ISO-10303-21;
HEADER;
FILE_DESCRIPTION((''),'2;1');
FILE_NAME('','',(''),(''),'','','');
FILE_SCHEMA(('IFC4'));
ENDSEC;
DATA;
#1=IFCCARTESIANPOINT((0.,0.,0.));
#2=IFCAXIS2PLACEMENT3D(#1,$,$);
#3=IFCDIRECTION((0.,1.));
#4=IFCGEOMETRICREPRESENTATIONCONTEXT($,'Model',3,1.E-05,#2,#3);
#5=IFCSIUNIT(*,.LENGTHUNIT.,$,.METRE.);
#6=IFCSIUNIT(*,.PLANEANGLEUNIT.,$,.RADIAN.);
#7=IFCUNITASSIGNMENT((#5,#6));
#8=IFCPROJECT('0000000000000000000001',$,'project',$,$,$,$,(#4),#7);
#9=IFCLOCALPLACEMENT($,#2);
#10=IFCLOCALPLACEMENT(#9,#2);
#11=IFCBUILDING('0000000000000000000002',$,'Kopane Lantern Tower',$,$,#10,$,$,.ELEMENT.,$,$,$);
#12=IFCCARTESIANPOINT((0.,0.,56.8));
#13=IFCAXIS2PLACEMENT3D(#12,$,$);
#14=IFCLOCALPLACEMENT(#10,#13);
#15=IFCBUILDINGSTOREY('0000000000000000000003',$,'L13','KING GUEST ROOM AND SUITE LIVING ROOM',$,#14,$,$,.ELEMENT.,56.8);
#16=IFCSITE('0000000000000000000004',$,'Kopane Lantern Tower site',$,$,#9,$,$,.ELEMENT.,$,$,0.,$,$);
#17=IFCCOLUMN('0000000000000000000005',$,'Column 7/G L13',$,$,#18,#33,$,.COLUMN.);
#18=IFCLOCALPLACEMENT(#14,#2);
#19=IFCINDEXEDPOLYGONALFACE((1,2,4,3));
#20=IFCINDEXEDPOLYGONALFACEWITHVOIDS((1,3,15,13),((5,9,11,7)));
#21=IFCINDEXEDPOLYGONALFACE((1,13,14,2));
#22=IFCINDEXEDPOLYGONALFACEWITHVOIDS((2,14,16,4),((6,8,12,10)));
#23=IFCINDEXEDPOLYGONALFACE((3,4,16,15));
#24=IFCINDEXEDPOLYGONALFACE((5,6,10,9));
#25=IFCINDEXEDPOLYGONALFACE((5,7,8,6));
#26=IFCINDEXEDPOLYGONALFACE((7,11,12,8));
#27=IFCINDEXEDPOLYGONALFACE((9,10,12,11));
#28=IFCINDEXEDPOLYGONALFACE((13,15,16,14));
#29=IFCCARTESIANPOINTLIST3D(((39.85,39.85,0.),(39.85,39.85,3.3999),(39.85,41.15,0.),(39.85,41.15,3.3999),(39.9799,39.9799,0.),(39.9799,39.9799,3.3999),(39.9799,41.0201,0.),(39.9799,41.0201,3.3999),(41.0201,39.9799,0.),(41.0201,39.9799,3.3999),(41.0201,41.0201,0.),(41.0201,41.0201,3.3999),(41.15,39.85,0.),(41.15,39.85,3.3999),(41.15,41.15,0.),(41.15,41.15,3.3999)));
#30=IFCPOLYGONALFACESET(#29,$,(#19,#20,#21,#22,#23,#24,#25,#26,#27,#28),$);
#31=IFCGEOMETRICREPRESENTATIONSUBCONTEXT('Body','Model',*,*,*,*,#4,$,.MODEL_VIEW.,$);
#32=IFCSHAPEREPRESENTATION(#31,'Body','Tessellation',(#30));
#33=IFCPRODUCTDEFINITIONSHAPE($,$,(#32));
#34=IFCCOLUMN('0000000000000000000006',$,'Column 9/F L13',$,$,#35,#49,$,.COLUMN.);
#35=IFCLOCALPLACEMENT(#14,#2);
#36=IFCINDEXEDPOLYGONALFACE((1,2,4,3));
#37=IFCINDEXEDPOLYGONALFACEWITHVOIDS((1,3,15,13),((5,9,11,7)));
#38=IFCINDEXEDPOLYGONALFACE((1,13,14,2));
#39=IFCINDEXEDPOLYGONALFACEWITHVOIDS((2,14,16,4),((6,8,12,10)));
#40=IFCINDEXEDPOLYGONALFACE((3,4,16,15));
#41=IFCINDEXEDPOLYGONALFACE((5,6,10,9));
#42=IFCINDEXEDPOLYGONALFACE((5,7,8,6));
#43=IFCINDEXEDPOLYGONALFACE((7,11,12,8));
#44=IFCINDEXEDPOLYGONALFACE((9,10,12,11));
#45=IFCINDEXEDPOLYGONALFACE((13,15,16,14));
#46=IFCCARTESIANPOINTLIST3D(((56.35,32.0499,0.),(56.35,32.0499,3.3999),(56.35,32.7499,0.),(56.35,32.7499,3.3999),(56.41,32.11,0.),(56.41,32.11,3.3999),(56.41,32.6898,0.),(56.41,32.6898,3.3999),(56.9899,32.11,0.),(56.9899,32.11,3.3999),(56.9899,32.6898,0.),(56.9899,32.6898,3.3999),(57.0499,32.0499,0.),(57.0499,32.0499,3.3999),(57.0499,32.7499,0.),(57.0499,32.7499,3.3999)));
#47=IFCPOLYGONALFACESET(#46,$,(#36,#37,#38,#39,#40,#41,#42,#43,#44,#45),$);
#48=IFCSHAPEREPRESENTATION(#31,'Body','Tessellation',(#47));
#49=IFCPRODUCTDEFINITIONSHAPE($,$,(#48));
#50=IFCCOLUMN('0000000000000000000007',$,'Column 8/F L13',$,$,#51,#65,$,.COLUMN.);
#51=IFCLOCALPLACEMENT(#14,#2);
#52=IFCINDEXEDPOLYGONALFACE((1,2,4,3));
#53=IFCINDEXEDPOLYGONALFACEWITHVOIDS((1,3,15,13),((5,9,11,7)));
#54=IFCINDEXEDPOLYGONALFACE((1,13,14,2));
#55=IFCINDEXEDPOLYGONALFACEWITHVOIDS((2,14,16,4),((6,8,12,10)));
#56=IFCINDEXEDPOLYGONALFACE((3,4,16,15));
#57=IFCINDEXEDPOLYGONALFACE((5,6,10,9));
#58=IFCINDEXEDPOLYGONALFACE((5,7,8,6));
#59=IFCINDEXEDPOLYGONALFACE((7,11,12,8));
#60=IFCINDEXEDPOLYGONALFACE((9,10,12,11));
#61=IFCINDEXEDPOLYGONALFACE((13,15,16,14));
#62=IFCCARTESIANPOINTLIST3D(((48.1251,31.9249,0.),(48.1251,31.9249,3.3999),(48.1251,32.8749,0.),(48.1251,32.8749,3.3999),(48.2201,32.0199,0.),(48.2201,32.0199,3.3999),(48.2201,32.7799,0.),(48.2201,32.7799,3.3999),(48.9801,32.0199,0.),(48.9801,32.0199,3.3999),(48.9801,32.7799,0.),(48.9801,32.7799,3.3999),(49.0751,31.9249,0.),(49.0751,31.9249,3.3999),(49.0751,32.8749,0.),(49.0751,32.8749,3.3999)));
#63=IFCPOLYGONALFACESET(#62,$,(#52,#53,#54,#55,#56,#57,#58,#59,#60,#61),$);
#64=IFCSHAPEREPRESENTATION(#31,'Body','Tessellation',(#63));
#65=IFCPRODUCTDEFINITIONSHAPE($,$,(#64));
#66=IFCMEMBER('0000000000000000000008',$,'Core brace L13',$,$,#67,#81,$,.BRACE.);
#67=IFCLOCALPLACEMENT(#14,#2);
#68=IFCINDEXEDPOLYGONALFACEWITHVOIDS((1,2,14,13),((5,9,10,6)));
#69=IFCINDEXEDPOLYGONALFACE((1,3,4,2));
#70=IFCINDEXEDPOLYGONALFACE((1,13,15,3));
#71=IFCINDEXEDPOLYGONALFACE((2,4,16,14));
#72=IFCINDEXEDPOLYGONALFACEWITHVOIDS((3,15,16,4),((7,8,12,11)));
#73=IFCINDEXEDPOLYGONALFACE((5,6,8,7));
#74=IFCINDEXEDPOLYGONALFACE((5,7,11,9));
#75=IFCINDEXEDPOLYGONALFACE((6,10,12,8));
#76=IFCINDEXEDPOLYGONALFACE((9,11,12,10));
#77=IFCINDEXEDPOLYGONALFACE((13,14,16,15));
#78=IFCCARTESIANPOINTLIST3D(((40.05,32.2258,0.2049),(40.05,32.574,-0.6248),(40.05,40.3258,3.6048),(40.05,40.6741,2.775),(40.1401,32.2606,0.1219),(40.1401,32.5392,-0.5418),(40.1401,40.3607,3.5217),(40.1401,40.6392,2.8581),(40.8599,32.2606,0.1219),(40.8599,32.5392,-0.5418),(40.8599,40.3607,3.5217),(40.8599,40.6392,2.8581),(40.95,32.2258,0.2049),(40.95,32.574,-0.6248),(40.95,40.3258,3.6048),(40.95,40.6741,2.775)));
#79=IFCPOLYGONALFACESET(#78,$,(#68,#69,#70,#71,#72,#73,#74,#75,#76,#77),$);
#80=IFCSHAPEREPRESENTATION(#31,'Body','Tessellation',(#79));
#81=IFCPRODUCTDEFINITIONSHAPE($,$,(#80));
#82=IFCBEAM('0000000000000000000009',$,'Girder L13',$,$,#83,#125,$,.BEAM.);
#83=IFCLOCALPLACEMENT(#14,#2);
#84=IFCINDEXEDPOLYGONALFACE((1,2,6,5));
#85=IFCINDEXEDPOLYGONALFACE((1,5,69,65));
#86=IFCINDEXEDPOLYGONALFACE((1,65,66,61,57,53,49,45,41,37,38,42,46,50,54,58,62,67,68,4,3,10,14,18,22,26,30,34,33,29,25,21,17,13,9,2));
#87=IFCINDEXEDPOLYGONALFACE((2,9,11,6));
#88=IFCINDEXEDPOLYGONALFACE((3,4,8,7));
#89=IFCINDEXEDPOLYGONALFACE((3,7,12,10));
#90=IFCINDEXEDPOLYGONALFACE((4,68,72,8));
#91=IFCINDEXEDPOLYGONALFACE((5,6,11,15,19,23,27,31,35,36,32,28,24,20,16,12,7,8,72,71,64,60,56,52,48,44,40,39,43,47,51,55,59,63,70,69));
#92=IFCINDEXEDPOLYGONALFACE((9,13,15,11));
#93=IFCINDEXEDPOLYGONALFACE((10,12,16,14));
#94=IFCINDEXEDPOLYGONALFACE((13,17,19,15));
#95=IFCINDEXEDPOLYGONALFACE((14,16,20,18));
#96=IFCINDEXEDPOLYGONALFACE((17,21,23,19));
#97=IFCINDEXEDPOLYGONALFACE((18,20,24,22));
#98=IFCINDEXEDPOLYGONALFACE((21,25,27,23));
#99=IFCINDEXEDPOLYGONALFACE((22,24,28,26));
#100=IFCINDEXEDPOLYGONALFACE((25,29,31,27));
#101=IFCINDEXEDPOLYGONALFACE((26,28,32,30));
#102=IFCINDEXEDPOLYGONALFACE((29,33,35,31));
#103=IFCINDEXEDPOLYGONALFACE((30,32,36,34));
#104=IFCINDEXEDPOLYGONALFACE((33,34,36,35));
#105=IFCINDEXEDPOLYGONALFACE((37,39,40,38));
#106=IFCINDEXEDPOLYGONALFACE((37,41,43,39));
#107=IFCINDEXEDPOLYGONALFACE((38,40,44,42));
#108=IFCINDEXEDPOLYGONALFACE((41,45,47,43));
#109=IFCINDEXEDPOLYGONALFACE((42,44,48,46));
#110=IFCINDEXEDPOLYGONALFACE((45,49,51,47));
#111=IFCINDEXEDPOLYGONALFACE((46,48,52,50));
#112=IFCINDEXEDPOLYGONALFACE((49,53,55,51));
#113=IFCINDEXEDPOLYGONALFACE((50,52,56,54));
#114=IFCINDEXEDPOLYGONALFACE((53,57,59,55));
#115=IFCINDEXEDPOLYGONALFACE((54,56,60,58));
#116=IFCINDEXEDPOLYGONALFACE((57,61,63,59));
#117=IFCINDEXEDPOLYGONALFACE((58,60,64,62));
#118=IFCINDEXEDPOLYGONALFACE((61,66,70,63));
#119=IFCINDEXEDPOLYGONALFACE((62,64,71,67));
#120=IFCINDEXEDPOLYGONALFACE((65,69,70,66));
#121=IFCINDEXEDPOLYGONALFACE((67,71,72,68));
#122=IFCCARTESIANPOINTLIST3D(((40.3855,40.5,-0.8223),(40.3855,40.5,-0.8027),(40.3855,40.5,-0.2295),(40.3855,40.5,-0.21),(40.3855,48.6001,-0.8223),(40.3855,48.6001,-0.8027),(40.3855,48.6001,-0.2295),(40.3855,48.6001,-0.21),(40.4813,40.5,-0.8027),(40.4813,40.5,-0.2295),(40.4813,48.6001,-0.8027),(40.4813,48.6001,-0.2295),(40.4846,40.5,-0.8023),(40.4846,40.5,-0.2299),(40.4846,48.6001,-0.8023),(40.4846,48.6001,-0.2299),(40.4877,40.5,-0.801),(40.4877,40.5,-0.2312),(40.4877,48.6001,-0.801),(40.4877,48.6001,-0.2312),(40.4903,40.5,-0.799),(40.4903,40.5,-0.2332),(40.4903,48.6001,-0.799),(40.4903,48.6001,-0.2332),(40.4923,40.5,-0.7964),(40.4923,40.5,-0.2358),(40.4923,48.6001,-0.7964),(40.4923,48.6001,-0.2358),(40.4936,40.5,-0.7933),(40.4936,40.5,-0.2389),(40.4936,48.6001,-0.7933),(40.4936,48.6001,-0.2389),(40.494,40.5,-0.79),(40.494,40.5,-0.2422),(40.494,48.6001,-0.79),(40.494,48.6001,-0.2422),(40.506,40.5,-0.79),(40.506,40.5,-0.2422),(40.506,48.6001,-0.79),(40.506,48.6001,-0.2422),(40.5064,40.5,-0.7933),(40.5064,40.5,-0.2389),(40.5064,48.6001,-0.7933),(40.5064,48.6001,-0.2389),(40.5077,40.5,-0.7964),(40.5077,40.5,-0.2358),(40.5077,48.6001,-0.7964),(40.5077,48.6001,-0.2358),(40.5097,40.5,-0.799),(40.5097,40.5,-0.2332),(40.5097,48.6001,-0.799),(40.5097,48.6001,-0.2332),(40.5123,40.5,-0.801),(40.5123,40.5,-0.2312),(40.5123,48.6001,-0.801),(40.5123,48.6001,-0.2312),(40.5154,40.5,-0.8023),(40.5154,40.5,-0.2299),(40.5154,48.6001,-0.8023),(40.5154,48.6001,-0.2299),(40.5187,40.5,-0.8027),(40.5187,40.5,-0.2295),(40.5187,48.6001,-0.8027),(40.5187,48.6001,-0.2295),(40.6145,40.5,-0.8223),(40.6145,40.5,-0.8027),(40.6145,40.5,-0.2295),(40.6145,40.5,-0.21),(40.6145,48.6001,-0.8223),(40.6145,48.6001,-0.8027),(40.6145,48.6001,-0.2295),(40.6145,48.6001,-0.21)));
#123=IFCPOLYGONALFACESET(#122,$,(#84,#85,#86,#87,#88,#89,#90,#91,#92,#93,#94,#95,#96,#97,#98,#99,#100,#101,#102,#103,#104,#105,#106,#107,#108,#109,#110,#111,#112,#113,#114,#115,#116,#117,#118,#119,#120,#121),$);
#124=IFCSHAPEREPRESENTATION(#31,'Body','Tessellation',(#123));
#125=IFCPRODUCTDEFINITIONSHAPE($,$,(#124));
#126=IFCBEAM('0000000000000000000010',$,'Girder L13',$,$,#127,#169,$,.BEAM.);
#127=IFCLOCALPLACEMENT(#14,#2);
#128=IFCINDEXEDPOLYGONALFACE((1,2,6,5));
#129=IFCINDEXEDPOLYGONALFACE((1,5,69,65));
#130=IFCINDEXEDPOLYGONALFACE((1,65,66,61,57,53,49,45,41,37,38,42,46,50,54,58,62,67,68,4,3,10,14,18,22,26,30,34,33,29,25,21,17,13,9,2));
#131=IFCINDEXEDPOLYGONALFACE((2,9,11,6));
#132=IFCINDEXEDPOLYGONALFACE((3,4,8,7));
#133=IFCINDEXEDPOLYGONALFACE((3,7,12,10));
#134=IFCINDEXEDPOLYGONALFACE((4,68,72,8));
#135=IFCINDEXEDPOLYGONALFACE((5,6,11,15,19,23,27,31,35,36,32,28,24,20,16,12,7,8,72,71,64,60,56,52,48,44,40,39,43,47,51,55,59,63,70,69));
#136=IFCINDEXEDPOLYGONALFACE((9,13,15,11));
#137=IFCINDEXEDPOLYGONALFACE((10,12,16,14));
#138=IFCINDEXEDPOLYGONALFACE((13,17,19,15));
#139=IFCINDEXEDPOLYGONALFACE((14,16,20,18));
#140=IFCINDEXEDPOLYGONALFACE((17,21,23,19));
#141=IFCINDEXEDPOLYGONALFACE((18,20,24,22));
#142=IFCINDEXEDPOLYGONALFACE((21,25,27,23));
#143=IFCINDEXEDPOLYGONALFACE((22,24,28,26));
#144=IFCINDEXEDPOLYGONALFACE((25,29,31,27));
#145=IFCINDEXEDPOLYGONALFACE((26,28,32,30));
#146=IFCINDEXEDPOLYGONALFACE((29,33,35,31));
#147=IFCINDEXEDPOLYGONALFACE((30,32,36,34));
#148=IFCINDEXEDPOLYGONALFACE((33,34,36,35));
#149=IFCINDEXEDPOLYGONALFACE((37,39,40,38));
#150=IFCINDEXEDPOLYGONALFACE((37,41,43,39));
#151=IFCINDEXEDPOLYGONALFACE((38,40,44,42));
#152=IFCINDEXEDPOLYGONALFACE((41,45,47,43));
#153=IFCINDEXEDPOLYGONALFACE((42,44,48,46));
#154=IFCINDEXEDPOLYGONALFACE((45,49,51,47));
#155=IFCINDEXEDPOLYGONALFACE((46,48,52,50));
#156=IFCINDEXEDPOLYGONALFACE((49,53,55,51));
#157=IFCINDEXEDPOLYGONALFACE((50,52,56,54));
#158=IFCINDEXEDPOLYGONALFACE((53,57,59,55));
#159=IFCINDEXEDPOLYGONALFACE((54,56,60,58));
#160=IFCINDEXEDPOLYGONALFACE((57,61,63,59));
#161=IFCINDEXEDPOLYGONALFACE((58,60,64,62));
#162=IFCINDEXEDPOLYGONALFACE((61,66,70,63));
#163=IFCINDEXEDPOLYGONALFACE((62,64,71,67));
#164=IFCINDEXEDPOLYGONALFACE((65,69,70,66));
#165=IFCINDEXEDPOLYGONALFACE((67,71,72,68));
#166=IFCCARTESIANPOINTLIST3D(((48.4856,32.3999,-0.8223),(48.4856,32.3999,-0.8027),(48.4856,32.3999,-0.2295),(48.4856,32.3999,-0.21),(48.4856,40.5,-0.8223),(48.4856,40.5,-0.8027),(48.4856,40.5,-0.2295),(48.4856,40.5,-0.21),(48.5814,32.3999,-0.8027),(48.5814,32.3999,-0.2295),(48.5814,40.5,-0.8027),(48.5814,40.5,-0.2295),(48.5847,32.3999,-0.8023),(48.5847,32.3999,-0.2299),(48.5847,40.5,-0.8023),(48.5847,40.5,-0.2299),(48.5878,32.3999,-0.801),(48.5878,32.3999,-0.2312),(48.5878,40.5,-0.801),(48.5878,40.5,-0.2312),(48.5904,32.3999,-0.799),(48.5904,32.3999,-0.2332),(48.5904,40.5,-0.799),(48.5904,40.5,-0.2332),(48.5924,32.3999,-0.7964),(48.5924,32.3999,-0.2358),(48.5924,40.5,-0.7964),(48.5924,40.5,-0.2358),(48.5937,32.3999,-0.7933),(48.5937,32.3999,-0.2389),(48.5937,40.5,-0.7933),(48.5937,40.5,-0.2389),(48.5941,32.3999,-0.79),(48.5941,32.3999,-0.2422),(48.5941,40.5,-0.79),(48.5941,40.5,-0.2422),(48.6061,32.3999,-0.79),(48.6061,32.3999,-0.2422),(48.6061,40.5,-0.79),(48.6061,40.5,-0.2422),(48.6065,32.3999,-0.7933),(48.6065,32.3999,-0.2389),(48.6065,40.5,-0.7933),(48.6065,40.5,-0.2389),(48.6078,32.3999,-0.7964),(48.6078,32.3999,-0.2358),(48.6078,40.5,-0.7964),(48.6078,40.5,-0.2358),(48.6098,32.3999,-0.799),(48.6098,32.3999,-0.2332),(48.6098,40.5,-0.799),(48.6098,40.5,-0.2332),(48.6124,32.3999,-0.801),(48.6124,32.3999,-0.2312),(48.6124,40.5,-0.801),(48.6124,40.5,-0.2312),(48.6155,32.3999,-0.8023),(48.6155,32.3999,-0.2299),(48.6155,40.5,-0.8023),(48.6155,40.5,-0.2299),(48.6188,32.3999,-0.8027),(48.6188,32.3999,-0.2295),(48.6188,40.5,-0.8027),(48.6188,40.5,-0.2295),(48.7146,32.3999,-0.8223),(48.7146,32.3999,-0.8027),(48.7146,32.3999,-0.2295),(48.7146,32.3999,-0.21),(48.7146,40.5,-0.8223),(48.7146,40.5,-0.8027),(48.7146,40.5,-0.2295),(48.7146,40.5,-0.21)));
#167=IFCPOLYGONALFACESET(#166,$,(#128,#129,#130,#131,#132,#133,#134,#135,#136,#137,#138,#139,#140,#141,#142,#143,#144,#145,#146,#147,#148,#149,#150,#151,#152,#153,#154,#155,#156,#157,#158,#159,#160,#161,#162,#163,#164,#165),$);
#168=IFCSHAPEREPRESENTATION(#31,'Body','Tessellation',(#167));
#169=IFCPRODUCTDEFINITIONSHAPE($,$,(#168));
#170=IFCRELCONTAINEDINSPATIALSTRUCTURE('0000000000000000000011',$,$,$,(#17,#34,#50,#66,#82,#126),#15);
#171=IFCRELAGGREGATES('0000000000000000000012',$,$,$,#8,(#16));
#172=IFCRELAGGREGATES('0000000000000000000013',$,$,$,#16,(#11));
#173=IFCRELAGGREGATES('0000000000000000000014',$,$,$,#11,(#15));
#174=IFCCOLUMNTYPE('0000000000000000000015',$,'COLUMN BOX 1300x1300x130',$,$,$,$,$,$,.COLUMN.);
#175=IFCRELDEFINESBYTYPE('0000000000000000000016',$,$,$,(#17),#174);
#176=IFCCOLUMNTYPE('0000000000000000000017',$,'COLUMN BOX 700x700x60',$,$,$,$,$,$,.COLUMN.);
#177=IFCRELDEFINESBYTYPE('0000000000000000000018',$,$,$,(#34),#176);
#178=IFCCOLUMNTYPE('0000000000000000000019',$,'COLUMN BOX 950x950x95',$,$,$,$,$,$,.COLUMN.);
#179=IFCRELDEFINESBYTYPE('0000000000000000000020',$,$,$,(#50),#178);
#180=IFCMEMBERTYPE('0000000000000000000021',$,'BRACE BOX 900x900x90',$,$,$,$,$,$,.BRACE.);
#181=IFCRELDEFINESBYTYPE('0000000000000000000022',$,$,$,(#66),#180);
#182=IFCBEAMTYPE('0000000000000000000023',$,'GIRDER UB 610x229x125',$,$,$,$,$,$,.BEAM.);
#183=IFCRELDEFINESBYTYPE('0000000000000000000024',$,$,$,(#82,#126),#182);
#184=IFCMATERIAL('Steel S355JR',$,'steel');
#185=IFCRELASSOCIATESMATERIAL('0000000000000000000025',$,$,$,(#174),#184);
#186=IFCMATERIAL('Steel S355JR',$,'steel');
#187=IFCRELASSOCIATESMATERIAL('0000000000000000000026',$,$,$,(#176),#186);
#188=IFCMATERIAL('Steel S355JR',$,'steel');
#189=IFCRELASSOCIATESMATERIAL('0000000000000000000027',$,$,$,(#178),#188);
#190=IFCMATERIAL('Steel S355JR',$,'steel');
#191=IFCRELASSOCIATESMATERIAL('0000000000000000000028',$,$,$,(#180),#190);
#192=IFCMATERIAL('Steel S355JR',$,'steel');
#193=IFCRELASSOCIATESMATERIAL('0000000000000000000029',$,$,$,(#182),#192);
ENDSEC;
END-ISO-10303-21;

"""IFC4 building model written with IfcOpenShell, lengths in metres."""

from ifc_helpers import new_model, si_unit, direction, frame, origin, origin_2d, place, context, subcontext, project, spatial, hollow_rectangle, i_section, extrude, material, material_profile, profile_set, type_object, element, save


model = new_model("IFC4")

# Units and contexts
model_context = context("Model", 3, precision=1e-05, world=origin(), true_north=direction((0.0, 1.0)))
body_context = subcontext(model_context, "Body", "Model", "MODEL_VIEW")
ifc_project = project(units=[si_unit("LENGTHUNIT", "METRE"), si_unit("PLANEANGLEUNIT", "RADIAN")], contexts=[model_context])

# Site, building, storey
site_placement = place(None, origin())
site = spatial("IfcSite", under=ifc_project, at=site_placement, Name="Kopane Lantern Tower site", CompositionType="ELEMENT", RefElevation=0.0)
building_placement = place(site_placement, origin())
building = spatial("IfcBuilding", under=site, at=building_placement, Name="Kopane Lantern Tower", CompositionType="ELEMENT")
storey_placement = place(building_placement, frame((0.0, 0.0, 56.8)))
storey = spatial("IfcBuildingStorey", under=building, at=storey_placement, Name="L13", Description="KING GUEST ROOM AND SUITE LIVING ROOM", CompositionType="ELEMENT", Elevation=56.8)

# Columns
ifc_material_1 = material(Name="Steel S355JR", Category="steel")
ifc_material_profile_1 = material_profile(ifc_material_1, hollow_rectangle(XDim=1.3, YDim=1.3, WallThickness=0.1299, at=origin_2d()), Name="BOX 1300x1300x130")
ifc_profile_set_1 = profile_set([ifc_material_profile_1], Name="Steel S355JR")
column_type_1 = type_object("IfcColumnType", Name="COLUMN BOX 1300x1300x130", PredefinedType="COLUMN", material=ifc_profile_set_1)
column_1_placement = place(storey_placement, frame((40.5, 40.5, 0.0), z_axis=(0.0, 0.0, 1.0), x_axis=(1.0, 0.0, 0.0)))
element("IfcColumn", 1, at=column_1_placement, inside=storey, type_object=column_type_1, Name="Column 7/G L13", PredefinedType="COLUMN", context=body_context, shape_type="SweptSolid", body=[
    extrude(hollow_rectangle(XDim=1.3, YDim=1.3, WallThickness=0.1299, at=origin_2d()), origin(), (0.0, 0.0, 1.0), 3.3999),
])
ifc_material_2 = material(Name="Steel S355JR", Category="steel")
ifc_material_profile_2 = material_profile(ifc_material_2, hollow_rectangle(XDim=0.7, YDim=0.7, WallThickness=0.0601, at=origin_2d()), Name="BOX 700x700x60")
ifc_profile_set_2 = profile_set([ifc_material_profile_2], Name="Steel S355JR")
column_type_2 = type_object("IfcColumnType", Name="COLUMN BOX 700x700x60", PredefinedType="COLUMN", material=ifc_profile_set_2)
column_2_placement = place(storey_placement, frame((56.7, 32.3999, 0.0), z_axis=(0.0, 0.0, 1.0), x_axis=(1.0, 0.0, 0.0)))
element("IfcColumn", 2, at=column_2_placement, inside=storey, type_object=column_type_2, Name="Column 9/F L13", PredefinedType="COLUMN", context=body_context, shape_type="SweptSolid", body=[
    extrude(hollow_rectangle(XDim=0.7, YDim=0.7, WallThickness=0.0601, at=origin_2d()), origin(), (0.0, 0.0, 1.0), 3.3999),
])
ifc_material_3 = material(Name="Steel S355JR", Category="steel")
ifc_material_profile_3 = material_profile(ifc_material_3, hollow_rectangle(XDim=0.95, YDim=0.95, WallThickness=0.095, at=origin_2d()), Name="BOX 950x950x95")
ifc_profile_set_3 = profile_set([ifc_material_profile_3], Name="Steel S355JR")
column_type_3 = type_object("IfcColumnType", Name="COLUMN BOX 950x950x95", PredefinedType="COLUMN", material=ifc_profile_set_3)
column_3_placement = place(storey_placement, frame((48.6001, 32.3999, 0.0), z_axis=(0.0, 0.0, 1.0), x_axis=(1.0, 0.0, 0.0)))
element("IfcColumn", 3, at=column_3_placement, inside=storey, type_object=column_type_3, Name="Column 8/F L13", PredefinedType="COLUMN", context=body_context, shape_type="SweptSolid", body=[
    extrude(hollow_rectangle(XDim=0.95, YDim=0.95, WallThickness=0.095, at=origin_2d()), origin(), (0.0, 0.0, 1.0), 3.3999),
])

# Member
ifc_material_4 = material(Name="Steel S355JR", Category="steel")
ifc_material_profile_4 = material_profile(ifc_material_4, hollow_rectangle(XDim=0.8999, YDim=0.8999, WallThickness=0.0901, at=origin_2d()), Name="BOX 900x900x90")
ifc_profile_set_4 = profile_set([ifc_material_profile_4], Name="Steel S355JR")
member_type = type_object("IfcMemberType", Name="BRACE BOX 900x900x90", PredefinedType="BRACE", material=ifc_profile_set_4)
member_placement = place(storey_placement, frame((40.5, 32.3999, -0.21), z_axis=(0.0, 0.922069, 0.387026), x_axis=(-1.0, 0.0, 0.0)))
element("IfcMember", 4, at=member_placement, inside=storey, type_object=member_type, Name="Core brace L13", PredefinedType="BRACE", context=body_context, shape_type="SweptSolid", body=[
    extrude(hollow_rectangle(XDim=0.8999, YDim=0.8999, WallThickness=0.0901, at=origin_2d()), origin(), (0.0, 0.0, 1.0), 8.7847),
])

# Beams
ifc_material_5 = material(Name="Steel S355JR", Category="steel")
ifc_material_profile_5 = material_profile(ifc_material_5, i_section(OverallWidth=0.229, OverallDepth=0.6123, WebThickness=0.012, FlangeThickness=0.0195, FilletRadius=0.0127, at=origin_2d()), Name="UB 610x229x125")
ifc_profile_set_5 = profile_set([ifc_material_profile_5], Name="Steel S355JR")
beam_type = type_object("IfcBeamType", Name="GIRDER UB 610x229x125", PredefinedType="BEAM", material=ifc_profile_set_5)
for number, where, z_axis, x_axis, name in (
    (5, (40.5, 40.5, -0.5161), (0.0, 1.0, 0.0), (-1.0, 0.0, 0.0), "Girder L13"),
    (6, (48.6001, 32.3999, -0.5161), (0.0, 1.0, 0.0), (-1.0, 0.0, 0.0), "Girder L13"),
):
    element("IfcBeam", number, at=place(storey_placement, frame(where, z_axis=z_axis, x_axis=x_axis)), inside=storey, type_object=beam_type, Name=name, PredefinedType="BEAM", context=body_context, shape_type="SweptSolid", body=[
        extrude(i_section(OverallWidth=0.229, OverallDepth=0.6123, WebThickness=0.012, FlangeThickness=0.0195, FilletRadius=0.0127, at=origin_2d()), origin(), (0.0, 0.0, 1.0), 8.1001),
    ])

save(model, "model.ifc")
